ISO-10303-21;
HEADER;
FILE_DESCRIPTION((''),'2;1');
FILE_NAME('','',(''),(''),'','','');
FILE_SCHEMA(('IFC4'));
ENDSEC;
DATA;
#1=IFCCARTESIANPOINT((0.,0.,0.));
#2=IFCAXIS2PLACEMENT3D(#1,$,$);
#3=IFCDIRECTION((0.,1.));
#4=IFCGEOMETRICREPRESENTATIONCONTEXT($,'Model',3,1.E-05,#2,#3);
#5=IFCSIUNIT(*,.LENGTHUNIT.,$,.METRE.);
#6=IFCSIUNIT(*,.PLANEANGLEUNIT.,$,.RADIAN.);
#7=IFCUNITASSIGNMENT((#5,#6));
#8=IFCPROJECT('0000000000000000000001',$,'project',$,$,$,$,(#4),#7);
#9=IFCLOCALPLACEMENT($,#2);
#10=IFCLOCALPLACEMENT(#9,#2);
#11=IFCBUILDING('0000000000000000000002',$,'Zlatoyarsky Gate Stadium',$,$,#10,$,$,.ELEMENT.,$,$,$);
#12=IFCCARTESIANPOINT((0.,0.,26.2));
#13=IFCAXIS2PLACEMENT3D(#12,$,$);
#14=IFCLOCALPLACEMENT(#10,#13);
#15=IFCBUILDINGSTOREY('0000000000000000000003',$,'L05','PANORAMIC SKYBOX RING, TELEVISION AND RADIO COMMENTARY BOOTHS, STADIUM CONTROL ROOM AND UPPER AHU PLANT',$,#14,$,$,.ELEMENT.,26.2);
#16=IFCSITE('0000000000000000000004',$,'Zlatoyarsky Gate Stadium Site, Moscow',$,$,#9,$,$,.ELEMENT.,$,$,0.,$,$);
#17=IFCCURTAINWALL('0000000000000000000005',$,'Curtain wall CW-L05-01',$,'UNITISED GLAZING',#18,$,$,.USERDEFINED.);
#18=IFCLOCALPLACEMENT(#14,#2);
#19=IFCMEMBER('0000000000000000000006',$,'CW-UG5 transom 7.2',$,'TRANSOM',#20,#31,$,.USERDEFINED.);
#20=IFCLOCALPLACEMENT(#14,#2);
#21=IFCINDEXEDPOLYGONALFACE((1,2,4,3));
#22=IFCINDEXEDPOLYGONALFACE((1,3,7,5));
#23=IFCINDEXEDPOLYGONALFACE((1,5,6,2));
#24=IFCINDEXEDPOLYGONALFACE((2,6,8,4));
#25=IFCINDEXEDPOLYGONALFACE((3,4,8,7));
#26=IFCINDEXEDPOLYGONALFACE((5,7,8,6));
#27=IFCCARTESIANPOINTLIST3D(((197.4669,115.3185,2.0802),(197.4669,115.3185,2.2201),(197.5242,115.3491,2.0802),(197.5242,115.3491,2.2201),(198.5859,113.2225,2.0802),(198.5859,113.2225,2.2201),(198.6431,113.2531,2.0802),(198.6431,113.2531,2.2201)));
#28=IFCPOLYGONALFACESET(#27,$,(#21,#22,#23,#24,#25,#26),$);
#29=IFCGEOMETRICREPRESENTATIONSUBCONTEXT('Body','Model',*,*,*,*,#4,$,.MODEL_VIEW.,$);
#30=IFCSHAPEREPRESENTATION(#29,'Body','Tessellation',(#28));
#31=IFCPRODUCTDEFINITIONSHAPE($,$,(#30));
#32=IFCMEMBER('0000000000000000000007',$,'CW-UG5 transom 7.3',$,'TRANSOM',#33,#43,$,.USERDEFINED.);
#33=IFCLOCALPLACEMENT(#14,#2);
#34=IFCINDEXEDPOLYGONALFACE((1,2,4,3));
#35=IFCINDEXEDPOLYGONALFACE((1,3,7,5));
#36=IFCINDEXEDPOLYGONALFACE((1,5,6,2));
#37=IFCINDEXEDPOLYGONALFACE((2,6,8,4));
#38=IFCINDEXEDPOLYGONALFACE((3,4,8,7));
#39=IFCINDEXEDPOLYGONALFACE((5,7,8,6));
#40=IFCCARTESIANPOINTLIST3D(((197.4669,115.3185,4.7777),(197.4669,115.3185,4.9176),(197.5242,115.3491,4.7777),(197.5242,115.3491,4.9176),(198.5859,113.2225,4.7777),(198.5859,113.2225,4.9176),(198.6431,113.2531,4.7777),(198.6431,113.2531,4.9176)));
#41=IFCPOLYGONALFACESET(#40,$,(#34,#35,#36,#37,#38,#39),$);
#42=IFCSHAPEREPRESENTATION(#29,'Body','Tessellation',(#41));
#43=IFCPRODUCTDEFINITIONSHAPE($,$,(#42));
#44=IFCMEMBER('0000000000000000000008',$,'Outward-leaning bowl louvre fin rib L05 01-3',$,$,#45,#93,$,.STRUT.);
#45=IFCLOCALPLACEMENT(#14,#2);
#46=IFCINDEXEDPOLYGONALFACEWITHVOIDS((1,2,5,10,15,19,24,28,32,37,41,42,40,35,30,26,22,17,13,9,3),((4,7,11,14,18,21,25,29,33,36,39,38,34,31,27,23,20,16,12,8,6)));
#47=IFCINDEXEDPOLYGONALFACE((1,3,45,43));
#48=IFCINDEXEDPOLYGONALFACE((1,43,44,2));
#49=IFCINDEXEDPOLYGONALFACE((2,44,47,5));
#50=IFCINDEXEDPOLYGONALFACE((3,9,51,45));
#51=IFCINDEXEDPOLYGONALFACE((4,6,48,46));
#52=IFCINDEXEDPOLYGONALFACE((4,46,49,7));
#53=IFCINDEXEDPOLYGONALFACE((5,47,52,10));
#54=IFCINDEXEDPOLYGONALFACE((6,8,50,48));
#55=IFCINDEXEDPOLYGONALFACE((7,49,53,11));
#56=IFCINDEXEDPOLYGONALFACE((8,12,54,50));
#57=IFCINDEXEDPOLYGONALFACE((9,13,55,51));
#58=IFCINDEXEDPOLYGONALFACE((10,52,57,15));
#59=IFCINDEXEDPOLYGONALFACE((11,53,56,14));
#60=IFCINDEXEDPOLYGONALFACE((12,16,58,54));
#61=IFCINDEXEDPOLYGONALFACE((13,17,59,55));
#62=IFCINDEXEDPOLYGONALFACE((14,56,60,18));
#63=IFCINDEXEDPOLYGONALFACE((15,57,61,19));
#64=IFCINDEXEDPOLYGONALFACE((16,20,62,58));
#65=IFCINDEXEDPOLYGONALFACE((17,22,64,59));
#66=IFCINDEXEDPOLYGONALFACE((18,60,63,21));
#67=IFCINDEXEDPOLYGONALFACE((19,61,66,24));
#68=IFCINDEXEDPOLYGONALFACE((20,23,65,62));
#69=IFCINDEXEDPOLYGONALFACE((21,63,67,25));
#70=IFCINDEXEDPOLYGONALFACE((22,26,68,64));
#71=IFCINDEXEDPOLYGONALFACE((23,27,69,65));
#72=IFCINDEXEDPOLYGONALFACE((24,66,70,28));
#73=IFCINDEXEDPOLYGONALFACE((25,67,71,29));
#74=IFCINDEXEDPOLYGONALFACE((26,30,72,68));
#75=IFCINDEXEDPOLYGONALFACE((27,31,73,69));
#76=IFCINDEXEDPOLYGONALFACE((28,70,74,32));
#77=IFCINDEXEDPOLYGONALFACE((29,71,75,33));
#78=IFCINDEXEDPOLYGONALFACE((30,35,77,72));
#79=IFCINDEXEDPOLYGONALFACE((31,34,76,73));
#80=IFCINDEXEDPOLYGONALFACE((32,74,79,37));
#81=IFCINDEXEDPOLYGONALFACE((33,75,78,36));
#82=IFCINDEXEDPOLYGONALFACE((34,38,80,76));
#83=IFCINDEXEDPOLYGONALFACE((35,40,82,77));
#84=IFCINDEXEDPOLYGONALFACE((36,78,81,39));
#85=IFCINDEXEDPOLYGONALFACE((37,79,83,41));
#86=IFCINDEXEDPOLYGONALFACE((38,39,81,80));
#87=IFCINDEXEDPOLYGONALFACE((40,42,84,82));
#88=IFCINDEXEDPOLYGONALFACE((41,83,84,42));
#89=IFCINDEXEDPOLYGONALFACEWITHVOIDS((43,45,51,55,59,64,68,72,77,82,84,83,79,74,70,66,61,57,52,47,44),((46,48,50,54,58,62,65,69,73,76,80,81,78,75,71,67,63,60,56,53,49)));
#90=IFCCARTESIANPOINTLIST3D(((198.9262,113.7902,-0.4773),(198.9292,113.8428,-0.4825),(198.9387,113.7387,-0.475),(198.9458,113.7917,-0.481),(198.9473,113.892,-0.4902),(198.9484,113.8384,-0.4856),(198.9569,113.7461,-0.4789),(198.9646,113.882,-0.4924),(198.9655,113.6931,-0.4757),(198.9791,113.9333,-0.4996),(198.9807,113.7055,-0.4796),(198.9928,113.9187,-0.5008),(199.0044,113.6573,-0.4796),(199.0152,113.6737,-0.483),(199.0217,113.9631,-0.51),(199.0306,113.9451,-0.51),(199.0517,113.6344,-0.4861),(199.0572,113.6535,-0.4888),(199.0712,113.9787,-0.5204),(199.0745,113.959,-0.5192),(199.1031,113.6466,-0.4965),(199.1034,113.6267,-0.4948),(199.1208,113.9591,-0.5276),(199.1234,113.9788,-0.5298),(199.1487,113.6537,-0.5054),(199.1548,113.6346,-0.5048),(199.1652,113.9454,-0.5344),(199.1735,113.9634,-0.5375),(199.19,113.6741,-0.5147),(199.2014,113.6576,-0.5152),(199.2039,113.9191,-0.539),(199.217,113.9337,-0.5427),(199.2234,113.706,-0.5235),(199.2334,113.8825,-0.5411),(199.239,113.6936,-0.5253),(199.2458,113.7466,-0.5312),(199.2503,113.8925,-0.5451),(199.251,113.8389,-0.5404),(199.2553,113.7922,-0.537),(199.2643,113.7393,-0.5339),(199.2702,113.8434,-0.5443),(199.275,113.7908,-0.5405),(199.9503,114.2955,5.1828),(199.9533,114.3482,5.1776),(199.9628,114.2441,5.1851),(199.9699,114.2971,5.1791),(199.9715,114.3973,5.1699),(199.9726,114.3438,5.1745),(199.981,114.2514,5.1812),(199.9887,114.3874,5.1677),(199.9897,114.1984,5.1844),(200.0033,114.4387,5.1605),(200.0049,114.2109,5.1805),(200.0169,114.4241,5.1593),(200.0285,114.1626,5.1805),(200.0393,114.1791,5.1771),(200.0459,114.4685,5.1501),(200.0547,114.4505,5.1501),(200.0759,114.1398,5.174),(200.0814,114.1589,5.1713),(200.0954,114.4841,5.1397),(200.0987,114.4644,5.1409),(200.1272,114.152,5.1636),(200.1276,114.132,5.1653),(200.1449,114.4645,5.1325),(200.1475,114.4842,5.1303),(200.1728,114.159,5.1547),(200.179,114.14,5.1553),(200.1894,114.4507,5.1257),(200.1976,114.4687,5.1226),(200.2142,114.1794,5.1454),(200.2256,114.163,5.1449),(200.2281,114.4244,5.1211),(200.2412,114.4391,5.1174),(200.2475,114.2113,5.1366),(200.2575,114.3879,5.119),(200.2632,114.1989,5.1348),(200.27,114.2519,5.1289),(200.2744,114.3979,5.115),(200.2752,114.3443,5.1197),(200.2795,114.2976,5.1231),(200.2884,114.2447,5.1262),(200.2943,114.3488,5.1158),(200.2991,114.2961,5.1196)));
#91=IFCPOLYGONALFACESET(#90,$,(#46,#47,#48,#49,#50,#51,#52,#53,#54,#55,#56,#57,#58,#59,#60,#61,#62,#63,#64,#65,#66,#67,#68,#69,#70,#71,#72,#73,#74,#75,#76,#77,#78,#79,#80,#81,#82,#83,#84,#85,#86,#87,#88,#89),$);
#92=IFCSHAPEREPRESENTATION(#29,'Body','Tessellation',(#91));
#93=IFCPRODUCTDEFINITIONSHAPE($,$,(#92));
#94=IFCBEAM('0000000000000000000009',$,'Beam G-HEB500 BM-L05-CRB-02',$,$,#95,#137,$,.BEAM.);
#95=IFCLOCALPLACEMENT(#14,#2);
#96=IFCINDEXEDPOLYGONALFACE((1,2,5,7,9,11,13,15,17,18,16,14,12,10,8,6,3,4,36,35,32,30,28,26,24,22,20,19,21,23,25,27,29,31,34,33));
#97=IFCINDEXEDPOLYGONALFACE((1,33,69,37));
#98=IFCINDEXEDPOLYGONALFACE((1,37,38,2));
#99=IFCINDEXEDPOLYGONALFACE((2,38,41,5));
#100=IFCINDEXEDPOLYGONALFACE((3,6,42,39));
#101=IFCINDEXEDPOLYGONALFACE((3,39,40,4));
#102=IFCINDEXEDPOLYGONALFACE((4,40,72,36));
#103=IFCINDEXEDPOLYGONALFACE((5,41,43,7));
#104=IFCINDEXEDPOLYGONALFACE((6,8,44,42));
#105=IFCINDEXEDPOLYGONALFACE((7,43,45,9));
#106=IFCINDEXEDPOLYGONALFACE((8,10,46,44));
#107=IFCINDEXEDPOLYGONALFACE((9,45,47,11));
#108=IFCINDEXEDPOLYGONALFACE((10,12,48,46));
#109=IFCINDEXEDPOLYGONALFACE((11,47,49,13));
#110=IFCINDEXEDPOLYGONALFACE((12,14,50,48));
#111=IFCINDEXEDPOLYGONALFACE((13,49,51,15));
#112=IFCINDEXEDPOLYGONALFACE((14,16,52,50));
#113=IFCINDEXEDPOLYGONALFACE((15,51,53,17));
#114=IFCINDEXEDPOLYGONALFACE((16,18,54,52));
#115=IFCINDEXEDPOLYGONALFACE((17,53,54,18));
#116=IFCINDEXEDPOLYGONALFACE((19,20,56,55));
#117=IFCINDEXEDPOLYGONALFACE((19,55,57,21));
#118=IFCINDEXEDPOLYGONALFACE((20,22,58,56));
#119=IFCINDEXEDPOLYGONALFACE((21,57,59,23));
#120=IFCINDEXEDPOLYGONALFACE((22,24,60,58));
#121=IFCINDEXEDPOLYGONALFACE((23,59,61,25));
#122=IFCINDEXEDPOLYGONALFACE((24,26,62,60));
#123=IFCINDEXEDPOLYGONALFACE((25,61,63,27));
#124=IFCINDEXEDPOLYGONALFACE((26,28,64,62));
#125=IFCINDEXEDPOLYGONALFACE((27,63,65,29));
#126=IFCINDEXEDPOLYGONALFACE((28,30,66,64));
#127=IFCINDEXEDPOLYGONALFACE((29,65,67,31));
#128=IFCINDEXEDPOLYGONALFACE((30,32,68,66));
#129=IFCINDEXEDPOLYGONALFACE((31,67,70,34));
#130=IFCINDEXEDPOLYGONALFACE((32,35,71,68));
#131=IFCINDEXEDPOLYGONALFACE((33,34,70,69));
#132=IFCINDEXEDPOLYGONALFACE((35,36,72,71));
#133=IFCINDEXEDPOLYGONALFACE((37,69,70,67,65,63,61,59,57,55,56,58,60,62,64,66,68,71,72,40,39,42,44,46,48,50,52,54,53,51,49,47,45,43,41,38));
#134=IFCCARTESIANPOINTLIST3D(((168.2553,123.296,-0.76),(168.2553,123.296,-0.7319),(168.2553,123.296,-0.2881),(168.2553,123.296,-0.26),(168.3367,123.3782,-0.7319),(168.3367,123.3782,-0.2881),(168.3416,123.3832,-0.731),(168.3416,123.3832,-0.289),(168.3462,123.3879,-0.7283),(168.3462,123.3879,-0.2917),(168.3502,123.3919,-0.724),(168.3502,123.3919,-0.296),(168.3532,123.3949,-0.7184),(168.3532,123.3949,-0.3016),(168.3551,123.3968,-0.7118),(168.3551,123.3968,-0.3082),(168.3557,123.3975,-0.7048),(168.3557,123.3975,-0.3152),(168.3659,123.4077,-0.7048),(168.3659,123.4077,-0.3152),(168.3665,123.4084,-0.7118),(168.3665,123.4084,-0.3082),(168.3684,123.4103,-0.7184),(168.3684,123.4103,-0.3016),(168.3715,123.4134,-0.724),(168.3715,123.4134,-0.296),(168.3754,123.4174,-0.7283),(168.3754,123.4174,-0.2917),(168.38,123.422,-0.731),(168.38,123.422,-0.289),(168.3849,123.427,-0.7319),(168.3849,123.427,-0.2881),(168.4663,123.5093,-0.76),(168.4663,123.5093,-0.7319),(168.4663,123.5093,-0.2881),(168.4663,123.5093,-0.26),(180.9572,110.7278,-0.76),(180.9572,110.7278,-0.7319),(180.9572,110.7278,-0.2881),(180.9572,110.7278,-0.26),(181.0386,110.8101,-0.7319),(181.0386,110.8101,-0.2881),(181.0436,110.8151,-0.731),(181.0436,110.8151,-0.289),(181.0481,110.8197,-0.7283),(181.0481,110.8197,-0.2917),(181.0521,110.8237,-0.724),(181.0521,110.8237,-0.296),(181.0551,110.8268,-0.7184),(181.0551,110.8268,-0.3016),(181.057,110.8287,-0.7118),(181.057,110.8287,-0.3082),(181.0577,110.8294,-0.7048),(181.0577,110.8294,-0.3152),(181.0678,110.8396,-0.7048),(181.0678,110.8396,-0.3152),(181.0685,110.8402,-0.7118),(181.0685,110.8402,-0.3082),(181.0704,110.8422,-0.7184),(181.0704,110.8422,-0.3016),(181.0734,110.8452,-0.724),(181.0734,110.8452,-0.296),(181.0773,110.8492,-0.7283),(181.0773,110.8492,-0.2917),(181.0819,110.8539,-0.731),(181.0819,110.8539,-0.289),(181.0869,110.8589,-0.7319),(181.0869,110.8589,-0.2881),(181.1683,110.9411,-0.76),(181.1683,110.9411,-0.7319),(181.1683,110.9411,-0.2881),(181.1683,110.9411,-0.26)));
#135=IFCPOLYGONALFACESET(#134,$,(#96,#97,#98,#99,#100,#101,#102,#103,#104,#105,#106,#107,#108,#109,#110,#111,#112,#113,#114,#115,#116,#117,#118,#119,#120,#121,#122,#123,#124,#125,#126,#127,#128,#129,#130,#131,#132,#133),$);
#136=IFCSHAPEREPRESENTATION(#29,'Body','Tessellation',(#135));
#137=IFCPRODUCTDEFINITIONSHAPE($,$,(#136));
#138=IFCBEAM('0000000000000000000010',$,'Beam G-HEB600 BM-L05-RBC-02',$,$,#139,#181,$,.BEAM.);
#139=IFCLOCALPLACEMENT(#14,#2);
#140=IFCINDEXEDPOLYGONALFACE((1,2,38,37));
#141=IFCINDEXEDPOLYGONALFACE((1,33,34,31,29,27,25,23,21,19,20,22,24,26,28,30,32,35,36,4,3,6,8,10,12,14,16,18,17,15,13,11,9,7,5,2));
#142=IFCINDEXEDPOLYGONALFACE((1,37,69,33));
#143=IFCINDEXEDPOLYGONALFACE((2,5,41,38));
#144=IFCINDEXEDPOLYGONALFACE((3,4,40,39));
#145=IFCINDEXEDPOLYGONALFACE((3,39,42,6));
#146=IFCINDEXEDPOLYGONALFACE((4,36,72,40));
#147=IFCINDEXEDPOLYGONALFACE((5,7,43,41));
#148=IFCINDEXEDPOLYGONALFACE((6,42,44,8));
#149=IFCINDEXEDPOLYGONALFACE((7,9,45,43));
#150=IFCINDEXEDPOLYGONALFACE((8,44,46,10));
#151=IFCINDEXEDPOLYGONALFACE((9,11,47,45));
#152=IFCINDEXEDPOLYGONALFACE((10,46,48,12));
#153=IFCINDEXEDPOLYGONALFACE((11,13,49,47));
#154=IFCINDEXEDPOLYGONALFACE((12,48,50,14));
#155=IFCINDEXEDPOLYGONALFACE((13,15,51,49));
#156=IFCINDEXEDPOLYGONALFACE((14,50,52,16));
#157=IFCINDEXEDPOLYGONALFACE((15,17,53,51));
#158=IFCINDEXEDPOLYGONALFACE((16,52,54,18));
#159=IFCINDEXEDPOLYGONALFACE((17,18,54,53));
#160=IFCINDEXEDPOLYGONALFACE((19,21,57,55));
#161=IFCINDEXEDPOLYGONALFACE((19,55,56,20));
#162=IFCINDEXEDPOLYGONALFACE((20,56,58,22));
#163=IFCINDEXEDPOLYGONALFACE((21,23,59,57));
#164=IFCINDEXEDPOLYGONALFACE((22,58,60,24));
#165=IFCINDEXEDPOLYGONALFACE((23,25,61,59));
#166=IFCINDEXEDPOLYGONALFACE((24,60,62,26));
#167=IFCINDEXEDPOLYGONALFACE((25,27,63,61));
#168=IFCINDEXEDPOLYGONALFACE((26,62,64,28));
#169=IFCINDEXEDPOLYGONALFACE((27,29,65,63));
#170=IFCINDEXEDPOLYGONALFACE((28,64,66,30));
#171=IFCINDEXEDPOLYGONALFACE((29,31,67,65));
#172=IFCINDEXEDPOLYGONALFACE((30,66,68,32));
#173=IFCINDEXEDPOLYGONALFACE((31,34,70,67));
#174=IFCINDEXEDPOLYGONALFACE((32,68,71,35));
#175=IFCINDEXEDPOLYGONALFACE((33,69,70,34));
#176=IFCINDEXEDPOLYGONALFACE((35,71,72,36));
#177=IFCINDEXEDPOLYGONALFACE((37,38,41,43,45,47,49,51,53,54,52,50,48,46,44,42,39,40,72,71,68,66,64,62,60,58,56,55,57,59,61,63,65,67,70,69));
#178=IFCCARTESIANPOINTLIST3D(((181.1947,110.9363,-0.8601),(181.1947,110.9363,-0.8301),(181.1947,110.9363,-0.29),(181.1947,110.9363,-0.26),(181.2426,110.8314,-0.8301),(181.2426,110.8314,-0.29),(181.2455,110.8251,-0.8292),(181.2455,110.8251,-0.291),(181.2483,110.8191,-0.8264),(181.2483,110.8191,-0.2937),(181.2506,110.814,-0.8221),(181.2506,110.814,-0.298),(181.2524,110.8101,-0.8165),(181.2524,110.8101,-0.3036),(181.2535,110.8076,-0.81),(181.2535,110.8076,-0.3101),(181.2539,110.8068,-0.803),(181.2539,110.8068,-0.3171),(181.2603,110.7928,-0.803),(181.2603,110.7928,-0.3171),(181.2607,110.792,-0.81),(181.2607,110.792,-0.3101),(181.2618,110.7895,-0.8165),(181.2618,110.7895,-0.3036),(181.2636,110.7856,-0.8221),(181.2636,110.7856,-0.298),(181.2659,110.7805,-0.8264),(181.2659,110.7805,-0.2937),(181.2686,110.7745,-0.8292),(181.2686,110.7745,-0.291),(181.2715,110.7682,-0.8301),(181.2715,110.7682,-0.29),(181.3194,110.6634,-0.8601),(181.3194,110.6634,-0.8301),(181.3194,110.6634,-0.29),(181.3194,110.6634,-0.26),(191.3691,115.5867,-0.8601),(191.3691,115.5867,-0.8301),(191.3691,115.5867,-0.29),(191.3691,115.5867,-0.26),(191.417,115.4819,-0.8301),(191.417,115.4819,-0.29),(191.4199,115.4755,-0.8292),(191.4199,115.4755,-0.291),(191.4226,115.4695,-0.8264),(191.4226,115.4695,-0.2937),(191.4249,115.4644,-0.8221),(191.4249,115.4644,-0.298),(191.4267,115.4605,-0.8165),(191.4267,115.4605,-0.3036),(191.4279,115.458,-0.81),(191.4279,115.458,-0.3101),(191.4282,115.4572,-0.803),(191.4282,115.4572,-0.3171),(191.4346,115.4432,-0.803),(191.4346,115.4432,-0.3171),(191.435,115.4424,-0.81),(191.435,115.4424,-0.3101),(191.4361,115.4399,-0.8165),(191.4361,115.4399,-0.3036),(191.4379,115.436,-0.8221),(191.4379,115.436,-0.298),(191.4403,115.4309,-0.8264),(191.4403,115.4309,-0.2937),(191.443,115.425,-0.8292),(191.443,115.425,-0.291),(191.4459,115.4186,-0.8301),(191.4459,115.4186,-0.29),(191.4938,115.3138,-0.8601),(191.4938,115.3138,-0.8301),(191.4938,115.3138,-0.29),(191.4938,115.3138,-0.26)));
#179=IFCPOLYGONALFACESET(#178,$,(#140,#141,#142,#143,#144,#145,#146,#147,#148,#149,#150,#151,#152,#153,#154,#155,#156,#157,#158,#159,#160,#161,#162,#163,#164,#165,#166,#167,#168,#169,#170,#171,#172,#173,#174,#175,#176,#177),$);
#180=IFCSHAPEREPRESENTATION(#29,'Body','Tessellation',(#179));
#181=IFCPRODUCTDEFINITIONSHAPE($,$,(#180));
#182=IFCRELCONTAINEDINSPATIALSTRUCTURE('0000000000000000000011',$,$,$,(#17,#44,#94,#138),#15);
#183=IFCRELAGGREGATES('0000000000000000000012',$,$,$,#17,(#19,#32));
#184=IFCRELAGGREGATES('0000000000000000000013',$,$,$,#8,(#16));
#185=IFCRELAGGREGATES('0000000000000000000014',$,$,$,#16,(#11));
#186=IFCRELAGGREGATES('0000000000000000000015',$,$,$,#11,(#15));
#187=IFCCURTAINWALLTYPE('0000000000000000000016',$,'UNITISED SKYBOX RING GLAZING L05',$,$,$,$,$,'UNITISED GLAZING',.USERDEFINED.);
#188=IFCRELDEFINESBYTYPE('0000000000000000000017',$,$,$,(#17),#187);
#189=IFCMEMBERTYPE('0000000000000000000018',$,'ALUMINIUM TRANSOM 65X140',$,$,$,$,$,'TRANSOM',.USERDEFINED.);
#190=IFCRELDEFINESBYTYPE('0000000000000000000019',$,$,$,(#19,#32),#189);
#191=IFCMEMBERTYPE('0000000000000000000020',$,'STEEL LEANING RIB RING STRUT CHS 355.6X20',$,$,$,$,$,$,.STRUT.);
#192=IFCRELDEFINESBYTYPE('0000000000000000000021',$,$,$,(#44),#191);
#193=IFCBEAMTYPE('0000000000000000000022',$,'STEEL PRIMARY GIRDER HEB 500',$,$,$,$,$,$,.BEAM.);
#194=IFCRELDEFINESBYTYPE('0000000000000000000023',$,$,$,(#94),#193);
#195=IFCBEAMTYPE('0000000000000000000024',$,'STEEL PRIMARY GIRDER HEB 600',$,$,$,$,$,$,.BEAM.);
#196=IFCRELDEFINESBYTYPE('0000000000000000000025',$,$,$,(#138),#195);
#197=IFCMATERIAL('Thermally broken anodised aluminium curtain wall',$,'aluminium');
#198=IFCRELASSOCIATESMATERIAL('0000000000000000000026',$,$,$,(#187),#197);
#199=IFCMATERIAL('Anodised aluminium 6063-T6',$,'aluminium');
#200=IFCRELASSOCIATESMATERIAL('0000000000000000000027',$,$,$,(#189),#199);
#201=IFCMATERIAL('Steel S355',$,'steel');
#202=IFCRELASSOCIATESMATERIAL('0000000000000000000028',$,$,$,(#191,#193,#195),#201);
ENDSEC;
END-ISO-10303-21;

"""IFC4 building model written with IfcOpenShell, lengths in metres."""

from ifc_helpers import new_model, si_unit, direction, frame, origin, origin_2d, place, context, subcontext, project, spatial, rectangle, hollow_circle, i_section, extrude, material, material_profile, profile_set, type_object, element, aggregate, save


model = new_model("IFC4")

# Units and contexts
model_context = context("Model", 3, precision=1e-05, world=origin(), true_north=direction((0.0, 1.0)))
body_context = subcontext(model_context, "Body", "Model", "MODEL_VIEW")
ifc_project = project(units=[si_unit("LENGTHUNIT", "METRE"), si_unit("PLANEANGLEUNIT", "RADIAN")], contexts=[model_context])

# Site, building, storey
site_placement = place(None, origin())
site = spatial("IfcSite", under=ifc_project, at=site_placement, Name="Zlatoyarsky Gate Stadium Site, Moscow", CompositionType="ELEMENT", RefElevation=0.0)
building_placement = place(site_placement, origin())
building = spatial("IfcBuilding", under=site, at=building_placement, Name="Zlatoyarsky Gate Stadium", CompositionType="ELEMENT")
storey_placement = place(building_placement, frame((0.0, 0.0, 26.2)))
storey = spatial("IfcBuildingStorey", under=building, at=storey_placement, Name="L05", Description="PANORAMIC SKYBOX RING, TELEVISION AND RADIO COMMENTARY BOOTHS, STADIUM CONTROL ROOM AND UPPER AHU PLANT", CompositionType="ELEMENT", Elevation=26.2)

# Shared definitions
ifc_material_1 = material(Name="Steel S355", Category="steel")

# Curtain wall, members
ifc_material_2 = material(Name="Thermally broken anodised aluminium curtain wall", Category="aluminium")
curtain_wall_type = type_object("IfcCurtainWallType", Name="UNITISED SKYBOX RING GLAZING L05", ElementType="UNITISED GLAZING", PredefinedType="USERDEFINED", material=ifc_material_2)
curtain_wall_placement = place(storey_placement, origin())
curtain_wall = element("IfcCurtainWall", 1, at=curtain_wall_placement, inside=storey, type_object=curtain_wall_type, Name="Curtain wall CW-L05-01", ObjectType="UNITISED GLAZING", PredefinedType="USERDEFINED")
ifc_material_3 = material(Name="Anodised aluminium 6063-T6", Category="aluminium")
ifc_material_profile_1 = material_profile(ifc_material_3, rectangle(XDim=0.0649, YDim=0.1399, at=origin_2d()), Name="ALU 65X140")
ifc_profile_set_1 = profile_set([ifc_material_profile_1], Name="Anodised aluminium 6063-T6")
member_type_1 = type_object("IfcMemberType", Name="ALUMINIUM TRANSOM 65X140", ElementType="TRANSOM", PredefinedType="USERDEFINED", material=ifc_profile_set_1)
member_1_placement = place(storey_placement, frame((198.6145, 113.2378, 2.1501), z_axis=(-0.470935, 0.882168, 0.0), x_axis=(-0.882168, -0.470935, 0.0)))
member_1 = element("IfcMember", 2, at=member_1_placement, type_object=member_type_1, Name="CW-UG5 transom 7.2", ObjectType="TRANSOM", PredefinedType="USERDEFINED", context=body_context, shape_type="SweptSolid", body=[
    extrude(rectangle(XDim=0.0649, YDim=0.1399, at=origin_2d()), origin(), (0.0, 0.0, 1.0), 2.376),
])
member_2_placement = place(storey_placement, frame((198.6145, 113.2378, 4.8477), z_axis=(-0.470935, 0.882168, 0.0), x_axis=(-0.882168, -0.470935, 0.0)))
member_2 = element("IfcMember", 3, at=member_2_placement, type_object=member_type_1, Name="CW-UG5 transom 7.3", ObjectType="TRANSOM", PredefinedType="USERDEFINED", context=body_context, shape_type="SweptSolid", body=[
    extrude(rectangle(XDim=0.0649, YDim=0.1399, at=origin_2d()), origin(), (0.0, 0.0, 1.0), 2.376),
])

# Member
ifc_material_profile_2 = material_profile(ifc_material_1, hollow_circle(Radius=0.1777, WallThickness=0.02, at=origin_2d()), Name="CHS 355.6X20")
ifc_profile_set_2 = profile_set([ifc_material_profile_2], Name="Steel S355")
member_type_2 = type_object("IfcMemberType", Name="STEEL LEANING RIB RING STRUT CHS 355.6X20", PredefinedType="STRUT", material=ifc_profile_set_2)
member_3_placement = place(storey_placement, frame((199.1003, 113.8037, -0.51), z_axis=(0.177369, 0.087522, 0.980245), x_axis=(-0.442504, 0.896766, 0.0)))
element("IfcMember", 4, at=member_3_placement, inside=storey, type_object=member_type_2, Name="Outward-leaning bowl louvre fin rib L05 01-3", PredefinedType="STRUT", context=body_context, shape_type="SweptSolid", body=[
    extrude(hollow_circle(Radius=0.1777, WallThickness=0.02, at=origin_2d()), origin(), (0.0, 0.0, 1.0), 5.7742),
])

# Beams
ifc_material_profile_3 = material_profile(ifc_material_1, i_section(OverallWidth=0.3, OverallDepth=0.5, WebThickness=0.0144, FlangeThickness=0.0281, FilletRadius=0.0271, at=origin_2d()), Name="HEB 500")
ifc_profile_set_3 = profile_set([ifc_material_profile_3], Name="Steel S355")
beam_type_1 = type_object("IfcBeamType", Name="STEEL PRIMARY GIRDER HEB 500", PredefinedType="BEAM", material=ifc_profile_set_3)
beam_1_placement = place(storey_placement, frame((181.0627, 110.8345, -0.51), z_axis=(-0.710841, 0.703353, 0.0), x_axis=(-0.703353, -0.710841, 0.0)))
element("IfcBeam", 5, at=beam_1_placement, inside=storey, type_object=beam_type_1, Name="Beam G-HEB500 BM-L05-CRB-02", PredefinedType="BEAM", context=body_context, shape_type="SweptSolid", body=[
    extrude(i_section(OverallWidth=0.3, OverallDepth=0.5, WebThickness=0.0144, FlangeThickness=0.0281, FilletRadius=0.0271, at=origin_2d()), origin(), (0.0, 0.0, 1.0), 17.8689),
])
ifc_material_profile_4 = material_profile(ifc_material_1, i_section(OverallWidth=0.3, OverallDepth=0.6001, WebThickness=0.0154, FlangeThickness=0.03, FilletRadius=0.0271, at=origin_2d()), Name="HEB 600")
ifc_profile_set_4 = profile_set([ifc_material_profile_4], Name="Steel S355")
beam_type_2 = type_object("IfcBeamType", Name="STEEL PRIMARY GIRDER HEB 600", PredefinedType="BEAM", material=ifc_profile_set_4)
beam_2_placement = place(storey_placement, frame((181.2571, 110.7998, -0.5601), z_axis=(0.909499, 0.415706, 0.0), x_axis=(-0.415706, 0.909499, 0.0)))
element("IfcBeam", 6, at=beam_2_placement, inside=storey, type_object=beam_type_2, Name="Beam G-HEB600 BM-L05-RBC-02", PredefinedType="BEAM", context=body_context, shape_type="SweptSolid", body=[
    extrude(i_section(OverallWidth=0.3, OverallDepth=0.6001, WebThickness=0.0154, FlangeThickness=0.03, FilletRadius=0.0271, at=origin_2d()), origin(), (0.0, 0.0, 1.0), 11.1868),
])

aggregate(curtain_wall, [member_1, member_2])

save(model, "model.ifc")
